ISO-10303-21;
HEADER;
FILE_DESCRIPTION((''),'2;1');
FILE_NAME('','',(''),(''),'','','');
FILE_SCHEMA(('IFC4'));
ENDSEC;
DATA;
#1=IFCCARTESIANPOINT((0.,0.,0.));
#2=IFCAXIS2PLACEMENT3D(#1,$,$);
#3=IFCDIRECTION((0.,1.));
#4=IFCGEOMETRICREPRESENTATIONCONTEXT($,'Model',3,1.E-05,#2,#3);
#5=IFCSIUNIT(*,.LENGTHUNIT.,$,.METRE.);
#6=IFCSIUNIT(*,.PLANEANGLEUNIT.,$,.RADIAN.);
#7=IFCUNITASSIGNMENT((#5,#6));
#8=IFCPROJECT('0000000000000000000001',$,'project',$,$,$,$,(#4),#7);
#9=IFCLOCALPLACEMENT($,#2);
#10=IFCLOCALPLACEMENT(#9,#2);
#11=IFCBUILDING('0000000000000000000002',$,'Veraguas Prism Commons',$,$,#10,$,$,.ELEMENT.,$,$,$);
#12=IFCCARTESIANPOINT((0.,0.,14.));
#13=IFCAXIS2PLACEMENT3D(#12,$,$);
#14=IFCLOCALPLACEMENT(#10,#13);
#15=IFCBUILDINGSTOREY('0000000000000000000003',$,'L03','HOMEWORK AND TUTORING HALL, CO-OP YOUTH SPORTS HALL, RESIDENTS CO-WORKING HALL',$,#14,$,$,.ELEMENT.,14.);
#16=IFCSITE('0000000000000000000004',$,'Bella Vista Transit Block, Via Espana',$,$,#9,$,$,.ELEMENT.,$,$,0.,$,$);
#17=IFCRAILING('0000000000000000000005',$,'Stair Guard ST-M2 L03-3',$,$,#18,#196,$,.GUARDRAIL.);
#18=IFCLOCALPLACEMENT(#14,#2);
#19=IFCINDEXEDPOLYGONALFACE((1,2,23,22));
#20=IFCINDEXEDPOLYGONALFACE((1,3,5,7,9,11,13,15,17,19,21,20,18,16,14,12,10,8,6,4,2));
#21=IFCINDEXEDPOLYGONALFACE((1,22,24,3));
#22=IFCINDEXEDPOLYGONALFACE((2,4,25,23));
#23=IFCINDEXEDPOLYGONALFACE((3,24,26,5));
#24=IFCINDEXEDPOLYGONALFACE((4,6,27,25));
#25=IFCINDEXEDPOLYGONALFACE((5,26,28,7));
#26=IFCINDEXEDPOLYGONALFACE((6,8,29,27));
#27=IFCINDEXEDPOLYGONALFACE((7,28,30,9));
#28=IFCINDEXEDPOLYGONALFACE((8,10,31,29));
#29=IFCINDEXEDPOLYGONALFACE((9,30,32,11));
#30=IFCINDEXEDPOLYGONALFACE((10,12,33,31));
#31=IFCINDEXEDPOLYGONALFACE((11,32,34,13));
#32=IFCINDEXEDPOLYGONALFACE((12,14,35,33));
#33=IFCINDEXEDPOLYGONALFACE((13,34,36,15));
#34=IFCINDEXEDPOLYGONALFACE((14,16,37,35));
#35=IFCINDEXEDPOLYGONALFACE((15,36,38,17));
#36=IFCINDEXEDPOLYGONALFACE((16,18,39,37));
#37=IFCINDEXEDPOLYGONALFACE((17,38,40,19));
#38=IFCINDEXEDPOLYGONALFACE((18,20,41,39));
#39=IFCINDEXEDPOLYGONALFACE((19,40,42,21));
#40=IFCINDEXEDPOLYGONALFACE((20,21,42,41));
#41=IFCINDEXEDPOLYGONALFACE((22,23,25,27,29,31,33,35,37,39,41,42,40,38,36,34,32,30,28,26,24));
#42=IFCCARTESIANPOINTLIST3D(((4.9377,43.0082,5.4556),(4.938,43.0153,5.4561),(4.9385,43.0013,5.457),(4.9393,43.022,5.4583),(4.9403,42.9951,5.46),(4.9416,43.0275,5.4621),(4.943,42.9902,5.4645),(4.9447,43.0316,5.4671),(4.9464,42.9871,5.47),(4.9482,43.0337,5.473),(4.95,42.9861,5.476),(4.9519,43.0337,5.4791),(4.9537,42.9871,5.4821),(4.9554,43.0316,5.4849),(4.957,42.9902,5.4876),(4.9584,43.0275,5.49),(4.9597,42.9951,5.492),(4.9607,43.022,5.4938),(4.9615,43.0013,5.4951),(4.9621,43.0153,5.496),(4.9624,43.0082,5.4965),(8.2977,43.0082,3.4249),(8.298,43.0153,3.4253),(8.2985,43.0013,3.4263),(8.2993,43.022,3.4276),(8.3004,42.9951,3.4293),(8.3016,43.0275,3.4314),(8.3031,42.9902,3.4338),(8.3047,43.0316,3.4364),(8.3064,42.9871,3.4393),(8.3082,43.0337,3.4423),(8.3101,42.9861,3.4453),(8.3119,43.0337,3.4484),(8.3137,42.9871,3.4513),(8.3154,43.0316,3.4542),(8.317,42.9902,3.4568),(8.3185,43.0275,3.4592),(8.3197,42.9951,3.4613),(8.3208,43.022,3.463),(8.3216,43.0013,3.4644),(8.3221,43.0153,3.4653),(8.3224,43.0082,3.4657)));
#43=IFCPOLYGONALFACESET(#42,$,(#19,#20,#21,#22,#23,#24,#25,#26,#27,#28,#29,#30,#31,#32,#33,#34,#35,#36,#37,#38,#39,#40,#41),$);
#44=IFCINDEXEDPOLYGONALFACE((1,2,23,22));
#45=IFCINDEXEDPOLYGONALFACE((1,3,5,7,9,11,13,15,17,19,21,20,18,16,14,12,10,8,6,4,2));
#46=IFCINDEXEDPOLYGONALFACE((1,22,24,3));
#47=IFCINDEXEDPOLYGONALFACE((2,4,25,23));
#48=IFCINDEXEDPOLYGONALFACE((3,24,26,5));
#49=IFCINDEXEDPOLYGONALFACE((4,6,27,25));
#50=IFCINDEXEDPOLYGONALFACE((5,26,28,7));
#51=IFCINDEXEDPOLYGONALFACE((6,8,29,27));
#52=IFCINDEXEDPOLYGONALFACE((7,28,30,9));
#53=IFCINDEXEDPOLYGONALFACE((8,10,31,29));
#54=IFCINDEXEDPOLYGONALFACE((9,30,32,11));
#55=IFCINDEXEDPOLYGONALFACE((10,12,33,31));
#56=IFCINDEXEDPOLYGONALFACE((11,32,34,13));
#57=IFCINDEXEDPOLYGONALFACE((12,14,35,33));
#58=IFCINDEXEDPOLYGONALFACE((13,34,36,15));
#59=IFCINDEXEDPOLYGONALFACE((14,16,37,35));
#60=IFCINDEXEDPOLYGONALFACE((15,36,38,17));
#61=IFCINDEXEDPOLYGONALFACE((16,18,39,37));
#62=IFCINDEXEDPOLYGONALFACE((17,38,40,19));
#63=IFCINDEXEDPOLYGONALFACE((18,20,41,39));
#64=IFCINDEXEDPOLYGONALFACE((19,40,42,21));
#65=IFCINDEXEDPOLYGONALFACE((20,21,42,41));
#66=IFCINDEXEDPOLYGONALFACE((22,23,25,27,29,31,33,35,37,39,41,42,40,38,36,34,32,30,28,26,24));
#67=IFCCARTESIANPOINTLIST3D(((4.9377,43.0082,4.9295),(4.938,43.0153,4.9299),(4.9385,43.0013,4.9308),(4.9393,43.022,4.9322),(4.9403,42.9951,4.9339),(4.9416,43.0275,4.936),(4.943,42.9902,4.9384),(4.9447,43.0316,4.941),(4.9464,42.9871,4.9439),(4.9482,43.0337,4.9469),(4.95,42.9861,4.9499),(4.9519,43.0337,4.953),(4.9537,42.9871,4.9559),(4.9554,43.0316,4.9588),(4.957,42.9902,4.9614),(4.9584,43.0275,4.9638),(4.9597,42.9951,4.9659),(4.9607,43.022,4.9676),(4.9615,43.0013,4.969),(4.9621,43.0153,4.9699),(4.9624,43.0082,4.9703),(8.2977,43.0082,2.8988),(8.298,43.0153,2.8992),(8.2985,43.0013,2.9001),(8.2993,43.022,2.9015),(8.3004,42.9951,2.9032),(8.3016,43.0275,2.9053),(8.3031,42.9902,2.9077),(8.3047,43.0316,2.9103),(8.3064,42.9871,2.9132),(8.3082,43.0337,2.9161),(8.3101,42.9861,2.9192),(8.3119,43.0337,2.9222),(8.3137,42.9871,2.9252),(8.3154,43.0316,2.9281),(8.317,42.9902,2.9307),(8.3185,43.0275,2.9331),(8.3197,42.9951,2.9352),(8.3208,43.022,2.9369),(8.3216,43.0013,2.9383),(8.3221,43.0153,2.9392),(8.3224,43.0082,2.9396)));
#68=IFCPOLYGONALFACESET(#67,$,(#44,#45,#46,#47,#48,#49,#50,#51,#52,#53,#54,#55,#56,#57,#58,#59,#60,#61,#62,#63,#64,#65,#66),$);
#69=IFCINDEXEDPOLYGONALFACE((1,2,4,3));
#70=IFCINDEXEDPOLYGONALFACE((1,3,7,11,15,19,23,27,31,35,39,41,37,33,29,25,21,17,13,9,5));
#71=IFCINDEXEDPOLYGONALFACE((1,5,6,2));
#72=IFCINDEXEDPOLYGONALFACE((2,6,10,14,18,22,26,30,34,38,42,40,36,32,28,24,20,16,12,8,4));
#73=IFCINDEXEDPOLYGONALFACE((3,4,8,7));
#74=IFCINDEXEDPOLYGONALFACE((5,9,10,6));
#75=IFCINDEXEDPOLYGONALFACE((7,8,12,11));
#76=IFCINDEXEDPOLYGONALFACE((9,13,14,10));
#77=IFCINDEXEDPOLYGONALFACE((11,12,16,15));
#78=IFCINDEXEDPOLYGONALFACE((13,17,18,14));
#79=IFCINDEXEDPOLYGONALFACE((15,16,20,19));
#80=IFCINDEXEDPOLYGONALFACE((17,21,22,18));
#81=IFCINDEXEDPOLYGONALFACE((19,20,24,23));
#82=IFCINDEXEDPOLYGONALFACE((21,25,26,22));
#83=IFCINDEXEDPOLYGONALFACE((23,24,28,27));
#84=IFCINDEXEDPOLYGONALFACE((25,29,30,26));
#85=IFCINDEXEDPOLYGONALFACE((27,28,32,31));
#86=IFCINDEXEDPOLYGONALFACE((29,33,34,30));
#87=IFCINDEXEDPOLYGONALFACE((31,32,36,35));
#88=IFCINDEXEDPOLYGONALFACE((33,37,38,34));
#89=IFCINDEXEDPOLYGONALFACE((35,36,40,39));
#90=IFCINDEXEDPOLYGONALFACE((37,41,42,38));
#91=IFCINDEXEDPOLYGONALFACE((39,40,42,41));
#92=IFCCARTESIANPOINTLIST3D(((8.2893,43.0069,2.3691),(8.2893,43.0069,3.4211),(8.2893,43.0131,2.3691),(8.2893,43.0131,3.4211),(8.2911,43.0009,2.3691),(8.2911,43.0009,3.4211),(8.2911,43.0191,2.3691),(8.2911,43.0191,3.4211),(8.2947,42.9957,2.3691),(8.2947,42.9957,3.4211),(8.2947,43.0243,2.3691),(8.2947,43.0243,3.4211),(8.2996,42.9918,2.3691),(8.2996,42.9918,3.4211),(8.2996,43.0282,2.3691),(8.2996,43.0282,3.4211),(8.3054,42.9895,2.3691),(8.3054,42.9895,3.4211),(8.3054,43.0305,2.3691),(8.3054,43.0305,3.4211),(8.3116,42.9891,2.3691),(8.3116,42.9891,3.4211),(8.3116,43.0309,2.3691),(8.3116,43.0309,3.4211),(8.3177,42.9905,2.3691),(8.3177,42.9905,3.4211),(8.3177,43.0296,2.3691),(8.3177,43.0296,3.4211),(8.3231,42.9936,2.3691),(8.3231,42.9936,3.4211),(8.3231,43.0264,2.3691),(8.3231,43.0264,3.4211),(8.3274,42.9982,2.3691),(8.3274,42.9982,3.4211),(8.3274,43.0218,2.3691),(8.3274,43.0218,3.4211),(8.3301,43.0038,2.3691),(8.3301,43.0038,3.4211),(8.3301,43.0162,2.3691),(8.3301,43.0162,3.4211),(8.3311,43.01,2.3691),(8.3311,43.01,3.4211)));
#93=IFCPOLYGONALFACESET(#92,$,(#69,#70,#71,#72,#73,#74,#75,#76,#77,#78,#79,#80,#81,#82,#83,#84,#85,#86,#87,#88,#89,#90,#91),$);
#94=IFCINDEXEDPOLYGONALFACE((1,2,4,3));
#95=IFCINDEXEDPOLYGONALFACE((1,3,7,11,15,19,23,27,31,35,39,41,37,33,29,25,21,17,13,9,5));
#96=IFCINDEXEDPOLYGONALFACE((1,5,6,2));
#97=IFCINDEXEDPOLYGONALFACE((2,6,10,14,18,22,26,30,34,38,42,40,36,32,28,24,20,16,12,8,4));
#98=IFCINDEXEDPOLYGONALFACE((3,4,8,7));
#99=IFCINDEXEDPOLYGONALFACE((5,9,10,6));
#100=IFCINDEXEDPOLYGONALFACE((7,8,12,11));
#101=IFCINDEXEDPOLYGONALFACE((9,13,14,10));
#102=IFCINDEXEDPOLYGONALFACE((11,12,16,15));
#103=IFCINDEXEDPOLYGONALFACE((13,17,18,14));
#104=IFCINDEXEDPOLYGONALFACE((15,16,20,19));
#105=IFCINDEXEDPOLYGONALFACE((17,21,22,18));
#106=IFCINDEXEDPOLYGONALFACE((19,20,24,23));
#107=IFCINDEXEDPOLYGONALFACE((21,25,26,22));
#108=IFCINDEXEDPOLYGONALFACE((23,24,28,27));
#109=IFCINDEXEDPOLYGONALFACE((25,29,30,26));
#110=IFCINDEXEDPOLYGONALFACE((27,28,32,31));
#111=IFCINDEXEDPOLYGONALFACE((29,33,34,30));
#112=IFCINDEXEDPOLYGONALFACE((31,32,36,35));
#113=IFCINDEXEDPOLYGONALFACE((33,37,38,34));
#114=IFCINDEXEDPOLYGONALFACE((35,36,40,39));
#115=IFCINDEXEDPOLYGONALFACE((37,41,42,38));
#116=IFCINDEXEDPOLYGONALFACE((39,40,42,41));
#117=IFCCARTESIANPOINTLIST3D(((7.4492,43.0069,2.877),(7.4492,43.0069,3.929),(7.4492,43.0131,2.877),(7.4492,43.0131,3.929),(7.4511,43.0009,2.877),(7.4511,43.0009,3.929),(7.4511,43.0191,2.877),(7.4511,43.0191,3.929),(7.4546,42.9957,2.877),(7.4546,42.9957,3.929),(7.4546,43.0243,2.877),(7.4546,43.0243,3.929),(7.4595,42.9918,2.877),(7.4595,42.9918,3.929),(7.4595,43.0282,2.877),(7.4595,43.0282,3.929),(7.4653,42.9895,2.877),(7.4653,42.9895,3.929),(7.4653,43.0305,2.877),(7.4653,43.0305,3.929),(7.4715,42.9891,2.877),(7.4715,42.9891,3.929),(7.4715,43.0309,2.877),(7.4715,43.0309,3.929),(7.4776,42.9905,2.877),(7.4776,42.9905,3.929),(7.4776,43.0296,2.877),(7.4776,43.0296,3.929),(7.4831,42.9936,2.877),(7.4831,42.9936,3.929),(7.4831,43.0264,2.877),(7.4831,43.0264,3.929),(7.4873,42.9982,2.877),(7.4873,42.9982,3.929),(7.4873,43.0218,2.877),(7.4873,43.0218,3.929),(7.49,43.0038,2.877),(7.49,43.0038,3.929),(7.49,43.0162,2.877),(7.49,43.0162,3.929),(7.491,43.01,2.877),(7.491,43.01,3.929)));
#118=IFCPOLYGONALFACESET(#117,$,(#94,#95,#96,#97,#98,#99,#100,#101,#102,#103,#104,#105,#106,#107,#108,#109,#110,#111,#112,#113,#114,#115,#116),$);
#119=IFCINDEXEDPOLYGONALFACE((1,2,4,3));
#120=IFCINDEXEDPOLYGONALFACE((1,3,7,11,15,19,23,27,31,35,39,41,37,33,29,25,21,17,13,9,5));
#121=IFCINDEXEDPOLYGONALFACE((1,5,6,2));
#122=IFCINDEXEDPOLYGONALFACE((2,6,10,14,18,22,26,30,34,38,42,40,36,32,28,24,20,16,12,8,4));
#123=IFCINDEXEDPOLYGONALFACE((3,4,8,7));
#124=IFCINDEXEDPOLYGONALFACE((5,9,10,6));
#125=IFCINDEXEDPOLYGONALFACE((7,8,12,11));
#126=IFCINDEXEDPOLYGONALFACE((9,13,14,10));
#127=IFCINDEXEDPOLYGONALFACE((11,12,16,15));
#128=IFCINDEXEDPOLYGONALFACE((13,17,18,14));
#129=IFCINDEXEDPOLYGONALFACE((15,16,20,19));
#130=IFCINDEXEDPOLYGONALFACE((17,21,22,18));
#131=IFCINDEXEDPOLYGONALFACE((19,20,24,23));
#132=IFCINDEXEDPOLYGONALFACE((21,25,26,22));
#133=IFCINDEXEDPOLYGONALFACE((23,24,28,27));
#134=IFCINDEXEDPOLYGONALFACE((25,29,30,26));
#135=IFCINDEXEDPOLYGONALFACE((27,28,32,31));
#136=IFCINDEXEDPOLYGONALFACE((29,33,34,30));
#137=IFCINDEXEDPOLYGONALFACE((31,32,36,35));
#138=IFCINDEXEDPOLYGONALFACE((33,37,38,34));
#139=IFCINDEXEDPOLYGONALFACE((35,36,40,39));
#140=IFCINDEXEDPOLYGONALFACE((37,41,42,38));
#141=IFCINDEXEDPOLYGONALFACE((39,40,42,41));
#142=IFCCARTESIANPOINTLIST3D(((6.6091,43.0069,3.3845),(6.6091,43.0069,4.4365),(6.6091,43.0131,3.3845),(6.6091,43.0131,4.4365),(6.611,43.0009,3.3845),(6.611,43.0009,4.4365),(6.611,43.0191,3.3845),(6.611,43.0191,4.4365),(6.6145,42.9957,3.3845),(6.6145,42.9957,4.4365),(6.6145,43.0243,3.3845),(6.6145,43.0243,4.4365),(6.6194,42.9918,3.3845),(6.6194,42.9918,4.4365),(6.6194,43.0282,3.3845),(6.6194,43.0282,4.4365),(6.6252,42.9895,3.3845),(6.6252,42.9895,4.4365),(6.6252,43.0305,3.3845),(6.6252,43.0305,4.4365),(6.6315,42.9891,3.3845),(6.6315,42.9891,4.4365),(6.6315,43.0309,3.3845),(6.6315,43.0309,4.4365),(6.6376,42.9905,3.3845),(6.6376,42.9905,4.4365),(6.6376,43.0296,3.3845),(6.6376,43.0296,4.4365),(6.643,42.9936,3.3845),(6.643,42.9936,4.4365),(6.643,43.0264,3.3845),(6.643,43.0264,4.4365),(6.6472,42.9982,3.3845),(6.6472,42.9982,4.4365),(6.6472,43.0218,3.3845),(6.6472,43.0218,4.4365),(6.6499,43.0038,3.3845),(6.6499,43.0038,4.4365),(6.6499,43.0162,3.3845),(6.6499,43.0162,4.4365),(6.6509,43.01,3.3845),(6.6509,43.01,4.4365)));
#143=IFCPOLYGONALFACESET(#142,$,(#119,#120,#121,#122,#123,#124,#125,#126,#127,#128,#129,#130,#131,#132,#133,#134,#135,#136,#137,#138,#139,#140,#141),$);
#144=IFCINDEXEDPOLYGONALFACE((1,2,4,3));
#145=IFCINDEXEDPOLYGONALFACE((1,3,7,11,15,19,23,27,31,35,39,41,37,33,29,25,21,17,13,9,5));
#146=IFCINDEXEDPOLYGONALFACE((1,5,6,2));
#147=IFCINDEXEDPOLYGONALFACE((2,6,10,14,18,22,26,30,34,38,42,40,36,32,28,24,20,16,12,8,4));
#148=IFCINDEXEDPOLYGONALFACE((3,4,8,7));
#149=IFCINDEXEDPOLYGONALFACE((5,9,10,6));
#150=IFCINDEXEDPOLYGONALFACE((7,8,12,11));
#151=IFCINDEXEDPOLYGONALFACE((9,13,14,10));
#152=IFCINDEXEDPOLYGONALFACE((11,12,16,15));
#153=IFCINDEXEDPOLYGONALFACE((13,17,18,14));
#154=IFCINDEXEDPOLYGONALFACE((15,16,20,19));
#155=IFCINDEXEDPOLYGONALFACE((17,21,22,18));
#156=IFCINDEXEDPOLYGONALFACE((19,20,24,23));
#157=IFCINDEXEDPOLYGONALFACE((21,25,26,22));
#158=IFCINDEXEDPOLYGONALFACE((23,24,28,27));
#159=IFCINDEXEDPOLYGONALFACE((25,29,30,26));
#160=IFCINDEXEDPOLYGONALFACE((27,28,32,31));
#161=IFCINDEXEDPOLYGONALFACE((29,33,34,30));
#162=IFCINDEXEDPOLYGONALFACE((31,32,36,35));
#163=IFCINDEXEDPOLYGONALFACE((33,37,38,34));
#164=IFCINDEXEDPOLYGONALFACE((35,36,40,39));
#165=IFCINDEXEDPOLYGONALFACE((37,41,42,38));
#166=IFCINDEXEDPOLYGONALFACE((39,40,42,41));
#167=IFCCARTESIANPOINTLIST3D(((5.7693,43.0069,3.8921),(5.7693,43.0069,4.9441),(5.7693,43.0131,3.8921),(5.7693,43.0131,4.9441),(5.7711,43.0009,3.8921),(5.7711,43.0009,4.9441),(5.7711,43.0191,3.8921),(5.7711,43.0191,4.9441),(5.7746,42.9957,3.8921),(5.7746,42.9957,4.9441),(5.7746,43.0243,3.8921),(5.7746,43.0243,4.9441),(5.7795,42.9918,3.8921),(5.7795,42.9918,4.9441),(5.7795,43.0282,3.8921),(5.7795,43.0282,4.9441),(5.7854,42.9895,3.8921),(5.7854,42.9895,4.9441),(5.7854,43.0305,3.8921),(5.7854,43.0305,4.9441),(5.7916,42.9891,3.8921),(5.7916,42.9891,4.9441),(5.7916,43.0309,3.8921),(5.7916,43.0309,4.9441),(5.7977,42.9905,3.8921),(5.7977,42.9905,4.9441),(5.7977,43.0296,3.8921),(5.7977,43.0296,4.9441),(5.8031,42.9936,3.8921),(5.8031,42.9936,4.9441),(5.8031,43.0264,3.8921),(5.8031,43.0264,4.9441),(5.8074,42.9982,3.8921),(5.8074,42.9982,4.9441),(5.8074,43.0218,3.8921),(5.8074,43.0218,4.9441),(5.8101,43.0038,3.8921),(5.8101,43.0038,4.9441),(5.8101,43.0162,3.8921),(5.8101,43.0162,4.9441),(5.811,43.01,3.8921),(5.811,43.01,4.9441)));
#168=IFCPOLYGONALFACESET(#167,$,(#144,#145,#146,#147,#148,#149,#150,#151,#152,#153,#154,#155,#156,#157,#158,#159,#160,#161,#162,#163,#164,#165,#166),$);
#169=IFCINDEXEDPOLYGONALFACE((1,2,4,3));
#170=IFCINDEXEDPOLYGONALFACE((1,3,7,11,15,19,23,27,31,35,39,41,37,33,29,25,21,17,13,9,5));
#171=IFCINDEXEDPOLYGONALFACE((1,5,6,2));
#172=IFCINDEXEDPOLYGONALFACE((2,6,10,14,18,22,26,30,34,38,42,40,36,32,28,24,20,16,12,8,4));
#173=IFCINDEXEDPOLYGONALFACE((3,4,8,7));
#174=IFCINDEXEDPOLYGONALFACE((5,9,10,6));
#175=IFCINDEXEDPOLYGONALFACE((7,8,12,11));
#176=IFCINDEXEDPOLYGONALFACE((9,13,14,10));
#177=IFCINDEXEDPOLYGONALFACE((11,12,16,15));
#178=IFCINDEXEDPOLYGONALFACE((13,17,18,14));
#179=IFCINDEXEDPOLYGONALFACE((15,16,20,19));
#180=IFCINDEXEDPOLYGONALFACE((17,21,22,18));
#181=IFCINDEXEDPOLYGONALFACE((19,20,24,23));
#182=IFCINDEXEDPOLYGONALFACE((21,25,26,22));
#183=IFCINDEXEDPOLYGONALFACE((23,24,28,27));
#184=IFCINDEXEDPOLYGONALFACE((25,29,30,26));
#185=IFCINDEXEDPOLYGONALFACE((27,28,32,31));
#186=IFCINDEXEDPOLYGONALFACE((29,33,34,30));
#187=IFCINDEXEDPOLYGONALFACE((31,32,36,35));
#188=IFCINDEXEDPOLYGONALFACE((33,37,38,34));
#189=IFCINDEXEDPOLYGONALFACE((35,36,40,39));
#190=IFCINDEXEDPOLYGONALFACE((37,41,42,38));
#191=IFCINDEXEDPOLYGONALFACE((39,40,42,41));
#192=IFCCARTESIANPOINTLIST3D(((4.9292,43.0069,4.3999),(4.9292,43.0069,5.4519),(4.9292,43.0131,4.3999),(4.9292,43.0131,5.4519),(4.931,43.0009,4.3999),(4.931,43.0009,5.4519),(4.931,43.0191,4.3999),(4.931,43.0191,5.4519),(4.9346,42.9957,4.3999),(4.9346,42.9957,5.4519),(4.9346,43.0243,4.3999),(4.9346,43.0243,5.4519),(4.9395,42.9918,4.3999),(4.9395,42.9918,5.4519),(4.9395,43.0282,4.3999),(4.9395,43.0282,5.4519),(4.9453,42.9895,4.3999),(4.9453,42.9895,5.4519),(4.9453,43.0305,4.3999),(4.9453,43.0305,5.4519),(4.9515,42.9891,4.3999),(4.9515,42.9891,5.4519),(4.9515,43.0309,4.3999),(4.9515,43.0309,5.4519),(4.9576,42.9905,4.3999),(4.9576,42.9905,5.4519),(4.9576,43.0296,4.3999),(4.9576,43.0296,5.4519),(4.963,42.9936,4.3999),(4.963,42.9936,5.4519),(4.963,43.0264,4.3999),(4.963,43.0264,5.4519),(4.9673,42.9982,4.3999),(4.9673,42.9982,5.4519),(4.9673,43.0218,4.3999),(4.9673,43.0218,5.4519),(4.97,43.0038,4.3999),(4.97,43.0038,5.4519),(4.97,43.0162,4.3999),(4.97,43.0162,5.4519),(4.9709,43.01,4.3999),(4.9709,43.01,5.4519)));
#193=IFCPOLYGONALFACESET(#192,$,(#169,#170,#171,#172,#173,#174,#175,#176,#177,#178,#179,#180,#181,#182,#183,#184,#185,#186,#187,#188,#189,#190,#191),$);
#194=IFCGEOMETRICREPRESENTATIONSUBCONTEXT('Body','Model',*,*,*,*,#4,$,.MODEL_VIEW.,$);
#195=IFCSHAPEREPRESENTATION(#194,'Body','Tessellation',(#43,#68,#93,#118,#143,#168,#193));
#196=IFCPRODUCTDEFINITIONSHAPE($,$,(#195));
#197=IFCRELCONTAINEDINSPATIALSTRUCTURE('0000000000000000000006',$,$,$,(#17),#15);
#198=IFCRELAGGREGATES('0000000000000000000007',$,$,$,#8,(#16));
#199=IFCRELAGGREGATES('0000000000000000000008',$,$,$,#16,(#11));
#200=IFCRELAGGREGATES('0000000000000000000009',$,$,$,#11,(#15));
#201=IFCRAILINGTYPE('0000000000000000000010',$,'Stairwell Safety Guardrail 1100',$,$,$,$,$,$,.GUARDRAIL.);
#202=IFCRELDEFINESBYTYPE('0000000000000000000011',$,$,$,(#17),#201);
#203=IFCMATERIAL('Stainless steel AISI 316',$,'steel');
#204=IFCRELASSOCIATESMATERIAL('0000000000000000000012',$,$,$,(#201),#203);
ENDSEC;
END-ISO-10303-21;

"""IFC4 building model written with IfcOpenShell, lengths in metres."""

from ifc_helpers import new_model, si_unit, direction, frame, origin, origin_2d, place, context, subcontext, project, spatial, circle, extrude, material, type_object, element, save


model = new_model("IFC4")

# Units and contexts
model_context = context("Model", 3, precision=1e-05, world=origin(), true_north=direction((0.0, 1.0)))
body_context = subcontext(model_context, "Body", "Model", "MODEL_VIEW")
ifc_project = project(units=[si_unit("LENGTHUNIT", "METRE"), si_unit("PLANEANGLEUNIT", "RADIAN")], contexts=[model_context])

# Site, building, storey
site_placement = place(None, origin())
site = spatial("IfcSite", under=ifc_project, at=site_placement, Name="Bella Vista Transit Block, Via Espana", CompositionType="ELEMENT", RefElevation=0.0)
building_placement = place(site_placement, origin())
building = spatial("IfcBuilding", under=site, at=building_placement, Name="Veraguas Prism Commons", CompositionType="ELEMENT")
storey_placement = place(building_placement, frame((0.0, 0.0, 14.0)))
storey = spatial("IfcBuildingStorey", under=building, at=storey_placement, Name="L03", Description="HOMEWORK AND TUTORING HALL, CO-OP YOUTH SPORTS HALL, RESIDENTS CO-WORKING HALL", CompositionType="ELEMENT", Elevation=14.0)

# Railing
ifc_material_1 = material(Name="Stainless steel AISI 316", Category="steel")
railing_type_1 = type_object("IfcRailingType", Name="Stairwell Safety Guardrail 1100", PredefinedType="GUARDRAIL", material=ifc_material_1)
railing_1_placement = place(storey_placement, frame((8.3101, 43.01, 2.3691)))
element("IfcRailing", 1, at=railing_1_placement, inside=storey, type_object=railing_type_1, Name="Stair Guard ST-M2 L03-3", PredefinedType="GUARDRAIL", context=body_context, shape_type="SweptSolid", body=[
    extrude(circle(Radius=0.0239, at=origin_2d()), frame((0.0, 0.0, 1.0762), z_axis=(-0.855837, 0.0, 0.517246), x_axis=(0.0, -1.0, 0.0)), (0.0, 0.0, 1.0), 3.926),
    extrude(circle(Radius=0.0239, at=origin_2d()), frame((0.0, 0.0, 0.55), z_axis=(-0.855837, 0.0, 0.517246), x_axis=(0.0, -1.0, 0.0)), (0.0, 0.0, 1.0), 3.926),
    extrude(circle(Radius=0.021, at=origin_2d()), origin(), (0.0, 0.0, 1.0), 1.052),
    extrude(circle(Radius=0.021, at=origin_2d()), frame((-0.8401, 0.0, 0.5078)), (0.0, 0.0, 1.0), 1.052),
    extrude(circle(Radius=0.021, at=origin_2d()), frame((-1.6802, 0.0, 1.0154)), (0.0, 0.0, 1.0), 1.052),
    extrude(circle(Radius=0.021, at=origin_2d()), frame((-2.52, 0.0, 1.5229)), (0.0, 0.0, 1.0), 1.052),
    extrude(circle(Radius=0.021, at=origin_2d()), frame((-3.3601, 0.0, 2.0308)), (0.0, 0.0, 1.0), 1.052),
])

save(model, "model.ifc")
